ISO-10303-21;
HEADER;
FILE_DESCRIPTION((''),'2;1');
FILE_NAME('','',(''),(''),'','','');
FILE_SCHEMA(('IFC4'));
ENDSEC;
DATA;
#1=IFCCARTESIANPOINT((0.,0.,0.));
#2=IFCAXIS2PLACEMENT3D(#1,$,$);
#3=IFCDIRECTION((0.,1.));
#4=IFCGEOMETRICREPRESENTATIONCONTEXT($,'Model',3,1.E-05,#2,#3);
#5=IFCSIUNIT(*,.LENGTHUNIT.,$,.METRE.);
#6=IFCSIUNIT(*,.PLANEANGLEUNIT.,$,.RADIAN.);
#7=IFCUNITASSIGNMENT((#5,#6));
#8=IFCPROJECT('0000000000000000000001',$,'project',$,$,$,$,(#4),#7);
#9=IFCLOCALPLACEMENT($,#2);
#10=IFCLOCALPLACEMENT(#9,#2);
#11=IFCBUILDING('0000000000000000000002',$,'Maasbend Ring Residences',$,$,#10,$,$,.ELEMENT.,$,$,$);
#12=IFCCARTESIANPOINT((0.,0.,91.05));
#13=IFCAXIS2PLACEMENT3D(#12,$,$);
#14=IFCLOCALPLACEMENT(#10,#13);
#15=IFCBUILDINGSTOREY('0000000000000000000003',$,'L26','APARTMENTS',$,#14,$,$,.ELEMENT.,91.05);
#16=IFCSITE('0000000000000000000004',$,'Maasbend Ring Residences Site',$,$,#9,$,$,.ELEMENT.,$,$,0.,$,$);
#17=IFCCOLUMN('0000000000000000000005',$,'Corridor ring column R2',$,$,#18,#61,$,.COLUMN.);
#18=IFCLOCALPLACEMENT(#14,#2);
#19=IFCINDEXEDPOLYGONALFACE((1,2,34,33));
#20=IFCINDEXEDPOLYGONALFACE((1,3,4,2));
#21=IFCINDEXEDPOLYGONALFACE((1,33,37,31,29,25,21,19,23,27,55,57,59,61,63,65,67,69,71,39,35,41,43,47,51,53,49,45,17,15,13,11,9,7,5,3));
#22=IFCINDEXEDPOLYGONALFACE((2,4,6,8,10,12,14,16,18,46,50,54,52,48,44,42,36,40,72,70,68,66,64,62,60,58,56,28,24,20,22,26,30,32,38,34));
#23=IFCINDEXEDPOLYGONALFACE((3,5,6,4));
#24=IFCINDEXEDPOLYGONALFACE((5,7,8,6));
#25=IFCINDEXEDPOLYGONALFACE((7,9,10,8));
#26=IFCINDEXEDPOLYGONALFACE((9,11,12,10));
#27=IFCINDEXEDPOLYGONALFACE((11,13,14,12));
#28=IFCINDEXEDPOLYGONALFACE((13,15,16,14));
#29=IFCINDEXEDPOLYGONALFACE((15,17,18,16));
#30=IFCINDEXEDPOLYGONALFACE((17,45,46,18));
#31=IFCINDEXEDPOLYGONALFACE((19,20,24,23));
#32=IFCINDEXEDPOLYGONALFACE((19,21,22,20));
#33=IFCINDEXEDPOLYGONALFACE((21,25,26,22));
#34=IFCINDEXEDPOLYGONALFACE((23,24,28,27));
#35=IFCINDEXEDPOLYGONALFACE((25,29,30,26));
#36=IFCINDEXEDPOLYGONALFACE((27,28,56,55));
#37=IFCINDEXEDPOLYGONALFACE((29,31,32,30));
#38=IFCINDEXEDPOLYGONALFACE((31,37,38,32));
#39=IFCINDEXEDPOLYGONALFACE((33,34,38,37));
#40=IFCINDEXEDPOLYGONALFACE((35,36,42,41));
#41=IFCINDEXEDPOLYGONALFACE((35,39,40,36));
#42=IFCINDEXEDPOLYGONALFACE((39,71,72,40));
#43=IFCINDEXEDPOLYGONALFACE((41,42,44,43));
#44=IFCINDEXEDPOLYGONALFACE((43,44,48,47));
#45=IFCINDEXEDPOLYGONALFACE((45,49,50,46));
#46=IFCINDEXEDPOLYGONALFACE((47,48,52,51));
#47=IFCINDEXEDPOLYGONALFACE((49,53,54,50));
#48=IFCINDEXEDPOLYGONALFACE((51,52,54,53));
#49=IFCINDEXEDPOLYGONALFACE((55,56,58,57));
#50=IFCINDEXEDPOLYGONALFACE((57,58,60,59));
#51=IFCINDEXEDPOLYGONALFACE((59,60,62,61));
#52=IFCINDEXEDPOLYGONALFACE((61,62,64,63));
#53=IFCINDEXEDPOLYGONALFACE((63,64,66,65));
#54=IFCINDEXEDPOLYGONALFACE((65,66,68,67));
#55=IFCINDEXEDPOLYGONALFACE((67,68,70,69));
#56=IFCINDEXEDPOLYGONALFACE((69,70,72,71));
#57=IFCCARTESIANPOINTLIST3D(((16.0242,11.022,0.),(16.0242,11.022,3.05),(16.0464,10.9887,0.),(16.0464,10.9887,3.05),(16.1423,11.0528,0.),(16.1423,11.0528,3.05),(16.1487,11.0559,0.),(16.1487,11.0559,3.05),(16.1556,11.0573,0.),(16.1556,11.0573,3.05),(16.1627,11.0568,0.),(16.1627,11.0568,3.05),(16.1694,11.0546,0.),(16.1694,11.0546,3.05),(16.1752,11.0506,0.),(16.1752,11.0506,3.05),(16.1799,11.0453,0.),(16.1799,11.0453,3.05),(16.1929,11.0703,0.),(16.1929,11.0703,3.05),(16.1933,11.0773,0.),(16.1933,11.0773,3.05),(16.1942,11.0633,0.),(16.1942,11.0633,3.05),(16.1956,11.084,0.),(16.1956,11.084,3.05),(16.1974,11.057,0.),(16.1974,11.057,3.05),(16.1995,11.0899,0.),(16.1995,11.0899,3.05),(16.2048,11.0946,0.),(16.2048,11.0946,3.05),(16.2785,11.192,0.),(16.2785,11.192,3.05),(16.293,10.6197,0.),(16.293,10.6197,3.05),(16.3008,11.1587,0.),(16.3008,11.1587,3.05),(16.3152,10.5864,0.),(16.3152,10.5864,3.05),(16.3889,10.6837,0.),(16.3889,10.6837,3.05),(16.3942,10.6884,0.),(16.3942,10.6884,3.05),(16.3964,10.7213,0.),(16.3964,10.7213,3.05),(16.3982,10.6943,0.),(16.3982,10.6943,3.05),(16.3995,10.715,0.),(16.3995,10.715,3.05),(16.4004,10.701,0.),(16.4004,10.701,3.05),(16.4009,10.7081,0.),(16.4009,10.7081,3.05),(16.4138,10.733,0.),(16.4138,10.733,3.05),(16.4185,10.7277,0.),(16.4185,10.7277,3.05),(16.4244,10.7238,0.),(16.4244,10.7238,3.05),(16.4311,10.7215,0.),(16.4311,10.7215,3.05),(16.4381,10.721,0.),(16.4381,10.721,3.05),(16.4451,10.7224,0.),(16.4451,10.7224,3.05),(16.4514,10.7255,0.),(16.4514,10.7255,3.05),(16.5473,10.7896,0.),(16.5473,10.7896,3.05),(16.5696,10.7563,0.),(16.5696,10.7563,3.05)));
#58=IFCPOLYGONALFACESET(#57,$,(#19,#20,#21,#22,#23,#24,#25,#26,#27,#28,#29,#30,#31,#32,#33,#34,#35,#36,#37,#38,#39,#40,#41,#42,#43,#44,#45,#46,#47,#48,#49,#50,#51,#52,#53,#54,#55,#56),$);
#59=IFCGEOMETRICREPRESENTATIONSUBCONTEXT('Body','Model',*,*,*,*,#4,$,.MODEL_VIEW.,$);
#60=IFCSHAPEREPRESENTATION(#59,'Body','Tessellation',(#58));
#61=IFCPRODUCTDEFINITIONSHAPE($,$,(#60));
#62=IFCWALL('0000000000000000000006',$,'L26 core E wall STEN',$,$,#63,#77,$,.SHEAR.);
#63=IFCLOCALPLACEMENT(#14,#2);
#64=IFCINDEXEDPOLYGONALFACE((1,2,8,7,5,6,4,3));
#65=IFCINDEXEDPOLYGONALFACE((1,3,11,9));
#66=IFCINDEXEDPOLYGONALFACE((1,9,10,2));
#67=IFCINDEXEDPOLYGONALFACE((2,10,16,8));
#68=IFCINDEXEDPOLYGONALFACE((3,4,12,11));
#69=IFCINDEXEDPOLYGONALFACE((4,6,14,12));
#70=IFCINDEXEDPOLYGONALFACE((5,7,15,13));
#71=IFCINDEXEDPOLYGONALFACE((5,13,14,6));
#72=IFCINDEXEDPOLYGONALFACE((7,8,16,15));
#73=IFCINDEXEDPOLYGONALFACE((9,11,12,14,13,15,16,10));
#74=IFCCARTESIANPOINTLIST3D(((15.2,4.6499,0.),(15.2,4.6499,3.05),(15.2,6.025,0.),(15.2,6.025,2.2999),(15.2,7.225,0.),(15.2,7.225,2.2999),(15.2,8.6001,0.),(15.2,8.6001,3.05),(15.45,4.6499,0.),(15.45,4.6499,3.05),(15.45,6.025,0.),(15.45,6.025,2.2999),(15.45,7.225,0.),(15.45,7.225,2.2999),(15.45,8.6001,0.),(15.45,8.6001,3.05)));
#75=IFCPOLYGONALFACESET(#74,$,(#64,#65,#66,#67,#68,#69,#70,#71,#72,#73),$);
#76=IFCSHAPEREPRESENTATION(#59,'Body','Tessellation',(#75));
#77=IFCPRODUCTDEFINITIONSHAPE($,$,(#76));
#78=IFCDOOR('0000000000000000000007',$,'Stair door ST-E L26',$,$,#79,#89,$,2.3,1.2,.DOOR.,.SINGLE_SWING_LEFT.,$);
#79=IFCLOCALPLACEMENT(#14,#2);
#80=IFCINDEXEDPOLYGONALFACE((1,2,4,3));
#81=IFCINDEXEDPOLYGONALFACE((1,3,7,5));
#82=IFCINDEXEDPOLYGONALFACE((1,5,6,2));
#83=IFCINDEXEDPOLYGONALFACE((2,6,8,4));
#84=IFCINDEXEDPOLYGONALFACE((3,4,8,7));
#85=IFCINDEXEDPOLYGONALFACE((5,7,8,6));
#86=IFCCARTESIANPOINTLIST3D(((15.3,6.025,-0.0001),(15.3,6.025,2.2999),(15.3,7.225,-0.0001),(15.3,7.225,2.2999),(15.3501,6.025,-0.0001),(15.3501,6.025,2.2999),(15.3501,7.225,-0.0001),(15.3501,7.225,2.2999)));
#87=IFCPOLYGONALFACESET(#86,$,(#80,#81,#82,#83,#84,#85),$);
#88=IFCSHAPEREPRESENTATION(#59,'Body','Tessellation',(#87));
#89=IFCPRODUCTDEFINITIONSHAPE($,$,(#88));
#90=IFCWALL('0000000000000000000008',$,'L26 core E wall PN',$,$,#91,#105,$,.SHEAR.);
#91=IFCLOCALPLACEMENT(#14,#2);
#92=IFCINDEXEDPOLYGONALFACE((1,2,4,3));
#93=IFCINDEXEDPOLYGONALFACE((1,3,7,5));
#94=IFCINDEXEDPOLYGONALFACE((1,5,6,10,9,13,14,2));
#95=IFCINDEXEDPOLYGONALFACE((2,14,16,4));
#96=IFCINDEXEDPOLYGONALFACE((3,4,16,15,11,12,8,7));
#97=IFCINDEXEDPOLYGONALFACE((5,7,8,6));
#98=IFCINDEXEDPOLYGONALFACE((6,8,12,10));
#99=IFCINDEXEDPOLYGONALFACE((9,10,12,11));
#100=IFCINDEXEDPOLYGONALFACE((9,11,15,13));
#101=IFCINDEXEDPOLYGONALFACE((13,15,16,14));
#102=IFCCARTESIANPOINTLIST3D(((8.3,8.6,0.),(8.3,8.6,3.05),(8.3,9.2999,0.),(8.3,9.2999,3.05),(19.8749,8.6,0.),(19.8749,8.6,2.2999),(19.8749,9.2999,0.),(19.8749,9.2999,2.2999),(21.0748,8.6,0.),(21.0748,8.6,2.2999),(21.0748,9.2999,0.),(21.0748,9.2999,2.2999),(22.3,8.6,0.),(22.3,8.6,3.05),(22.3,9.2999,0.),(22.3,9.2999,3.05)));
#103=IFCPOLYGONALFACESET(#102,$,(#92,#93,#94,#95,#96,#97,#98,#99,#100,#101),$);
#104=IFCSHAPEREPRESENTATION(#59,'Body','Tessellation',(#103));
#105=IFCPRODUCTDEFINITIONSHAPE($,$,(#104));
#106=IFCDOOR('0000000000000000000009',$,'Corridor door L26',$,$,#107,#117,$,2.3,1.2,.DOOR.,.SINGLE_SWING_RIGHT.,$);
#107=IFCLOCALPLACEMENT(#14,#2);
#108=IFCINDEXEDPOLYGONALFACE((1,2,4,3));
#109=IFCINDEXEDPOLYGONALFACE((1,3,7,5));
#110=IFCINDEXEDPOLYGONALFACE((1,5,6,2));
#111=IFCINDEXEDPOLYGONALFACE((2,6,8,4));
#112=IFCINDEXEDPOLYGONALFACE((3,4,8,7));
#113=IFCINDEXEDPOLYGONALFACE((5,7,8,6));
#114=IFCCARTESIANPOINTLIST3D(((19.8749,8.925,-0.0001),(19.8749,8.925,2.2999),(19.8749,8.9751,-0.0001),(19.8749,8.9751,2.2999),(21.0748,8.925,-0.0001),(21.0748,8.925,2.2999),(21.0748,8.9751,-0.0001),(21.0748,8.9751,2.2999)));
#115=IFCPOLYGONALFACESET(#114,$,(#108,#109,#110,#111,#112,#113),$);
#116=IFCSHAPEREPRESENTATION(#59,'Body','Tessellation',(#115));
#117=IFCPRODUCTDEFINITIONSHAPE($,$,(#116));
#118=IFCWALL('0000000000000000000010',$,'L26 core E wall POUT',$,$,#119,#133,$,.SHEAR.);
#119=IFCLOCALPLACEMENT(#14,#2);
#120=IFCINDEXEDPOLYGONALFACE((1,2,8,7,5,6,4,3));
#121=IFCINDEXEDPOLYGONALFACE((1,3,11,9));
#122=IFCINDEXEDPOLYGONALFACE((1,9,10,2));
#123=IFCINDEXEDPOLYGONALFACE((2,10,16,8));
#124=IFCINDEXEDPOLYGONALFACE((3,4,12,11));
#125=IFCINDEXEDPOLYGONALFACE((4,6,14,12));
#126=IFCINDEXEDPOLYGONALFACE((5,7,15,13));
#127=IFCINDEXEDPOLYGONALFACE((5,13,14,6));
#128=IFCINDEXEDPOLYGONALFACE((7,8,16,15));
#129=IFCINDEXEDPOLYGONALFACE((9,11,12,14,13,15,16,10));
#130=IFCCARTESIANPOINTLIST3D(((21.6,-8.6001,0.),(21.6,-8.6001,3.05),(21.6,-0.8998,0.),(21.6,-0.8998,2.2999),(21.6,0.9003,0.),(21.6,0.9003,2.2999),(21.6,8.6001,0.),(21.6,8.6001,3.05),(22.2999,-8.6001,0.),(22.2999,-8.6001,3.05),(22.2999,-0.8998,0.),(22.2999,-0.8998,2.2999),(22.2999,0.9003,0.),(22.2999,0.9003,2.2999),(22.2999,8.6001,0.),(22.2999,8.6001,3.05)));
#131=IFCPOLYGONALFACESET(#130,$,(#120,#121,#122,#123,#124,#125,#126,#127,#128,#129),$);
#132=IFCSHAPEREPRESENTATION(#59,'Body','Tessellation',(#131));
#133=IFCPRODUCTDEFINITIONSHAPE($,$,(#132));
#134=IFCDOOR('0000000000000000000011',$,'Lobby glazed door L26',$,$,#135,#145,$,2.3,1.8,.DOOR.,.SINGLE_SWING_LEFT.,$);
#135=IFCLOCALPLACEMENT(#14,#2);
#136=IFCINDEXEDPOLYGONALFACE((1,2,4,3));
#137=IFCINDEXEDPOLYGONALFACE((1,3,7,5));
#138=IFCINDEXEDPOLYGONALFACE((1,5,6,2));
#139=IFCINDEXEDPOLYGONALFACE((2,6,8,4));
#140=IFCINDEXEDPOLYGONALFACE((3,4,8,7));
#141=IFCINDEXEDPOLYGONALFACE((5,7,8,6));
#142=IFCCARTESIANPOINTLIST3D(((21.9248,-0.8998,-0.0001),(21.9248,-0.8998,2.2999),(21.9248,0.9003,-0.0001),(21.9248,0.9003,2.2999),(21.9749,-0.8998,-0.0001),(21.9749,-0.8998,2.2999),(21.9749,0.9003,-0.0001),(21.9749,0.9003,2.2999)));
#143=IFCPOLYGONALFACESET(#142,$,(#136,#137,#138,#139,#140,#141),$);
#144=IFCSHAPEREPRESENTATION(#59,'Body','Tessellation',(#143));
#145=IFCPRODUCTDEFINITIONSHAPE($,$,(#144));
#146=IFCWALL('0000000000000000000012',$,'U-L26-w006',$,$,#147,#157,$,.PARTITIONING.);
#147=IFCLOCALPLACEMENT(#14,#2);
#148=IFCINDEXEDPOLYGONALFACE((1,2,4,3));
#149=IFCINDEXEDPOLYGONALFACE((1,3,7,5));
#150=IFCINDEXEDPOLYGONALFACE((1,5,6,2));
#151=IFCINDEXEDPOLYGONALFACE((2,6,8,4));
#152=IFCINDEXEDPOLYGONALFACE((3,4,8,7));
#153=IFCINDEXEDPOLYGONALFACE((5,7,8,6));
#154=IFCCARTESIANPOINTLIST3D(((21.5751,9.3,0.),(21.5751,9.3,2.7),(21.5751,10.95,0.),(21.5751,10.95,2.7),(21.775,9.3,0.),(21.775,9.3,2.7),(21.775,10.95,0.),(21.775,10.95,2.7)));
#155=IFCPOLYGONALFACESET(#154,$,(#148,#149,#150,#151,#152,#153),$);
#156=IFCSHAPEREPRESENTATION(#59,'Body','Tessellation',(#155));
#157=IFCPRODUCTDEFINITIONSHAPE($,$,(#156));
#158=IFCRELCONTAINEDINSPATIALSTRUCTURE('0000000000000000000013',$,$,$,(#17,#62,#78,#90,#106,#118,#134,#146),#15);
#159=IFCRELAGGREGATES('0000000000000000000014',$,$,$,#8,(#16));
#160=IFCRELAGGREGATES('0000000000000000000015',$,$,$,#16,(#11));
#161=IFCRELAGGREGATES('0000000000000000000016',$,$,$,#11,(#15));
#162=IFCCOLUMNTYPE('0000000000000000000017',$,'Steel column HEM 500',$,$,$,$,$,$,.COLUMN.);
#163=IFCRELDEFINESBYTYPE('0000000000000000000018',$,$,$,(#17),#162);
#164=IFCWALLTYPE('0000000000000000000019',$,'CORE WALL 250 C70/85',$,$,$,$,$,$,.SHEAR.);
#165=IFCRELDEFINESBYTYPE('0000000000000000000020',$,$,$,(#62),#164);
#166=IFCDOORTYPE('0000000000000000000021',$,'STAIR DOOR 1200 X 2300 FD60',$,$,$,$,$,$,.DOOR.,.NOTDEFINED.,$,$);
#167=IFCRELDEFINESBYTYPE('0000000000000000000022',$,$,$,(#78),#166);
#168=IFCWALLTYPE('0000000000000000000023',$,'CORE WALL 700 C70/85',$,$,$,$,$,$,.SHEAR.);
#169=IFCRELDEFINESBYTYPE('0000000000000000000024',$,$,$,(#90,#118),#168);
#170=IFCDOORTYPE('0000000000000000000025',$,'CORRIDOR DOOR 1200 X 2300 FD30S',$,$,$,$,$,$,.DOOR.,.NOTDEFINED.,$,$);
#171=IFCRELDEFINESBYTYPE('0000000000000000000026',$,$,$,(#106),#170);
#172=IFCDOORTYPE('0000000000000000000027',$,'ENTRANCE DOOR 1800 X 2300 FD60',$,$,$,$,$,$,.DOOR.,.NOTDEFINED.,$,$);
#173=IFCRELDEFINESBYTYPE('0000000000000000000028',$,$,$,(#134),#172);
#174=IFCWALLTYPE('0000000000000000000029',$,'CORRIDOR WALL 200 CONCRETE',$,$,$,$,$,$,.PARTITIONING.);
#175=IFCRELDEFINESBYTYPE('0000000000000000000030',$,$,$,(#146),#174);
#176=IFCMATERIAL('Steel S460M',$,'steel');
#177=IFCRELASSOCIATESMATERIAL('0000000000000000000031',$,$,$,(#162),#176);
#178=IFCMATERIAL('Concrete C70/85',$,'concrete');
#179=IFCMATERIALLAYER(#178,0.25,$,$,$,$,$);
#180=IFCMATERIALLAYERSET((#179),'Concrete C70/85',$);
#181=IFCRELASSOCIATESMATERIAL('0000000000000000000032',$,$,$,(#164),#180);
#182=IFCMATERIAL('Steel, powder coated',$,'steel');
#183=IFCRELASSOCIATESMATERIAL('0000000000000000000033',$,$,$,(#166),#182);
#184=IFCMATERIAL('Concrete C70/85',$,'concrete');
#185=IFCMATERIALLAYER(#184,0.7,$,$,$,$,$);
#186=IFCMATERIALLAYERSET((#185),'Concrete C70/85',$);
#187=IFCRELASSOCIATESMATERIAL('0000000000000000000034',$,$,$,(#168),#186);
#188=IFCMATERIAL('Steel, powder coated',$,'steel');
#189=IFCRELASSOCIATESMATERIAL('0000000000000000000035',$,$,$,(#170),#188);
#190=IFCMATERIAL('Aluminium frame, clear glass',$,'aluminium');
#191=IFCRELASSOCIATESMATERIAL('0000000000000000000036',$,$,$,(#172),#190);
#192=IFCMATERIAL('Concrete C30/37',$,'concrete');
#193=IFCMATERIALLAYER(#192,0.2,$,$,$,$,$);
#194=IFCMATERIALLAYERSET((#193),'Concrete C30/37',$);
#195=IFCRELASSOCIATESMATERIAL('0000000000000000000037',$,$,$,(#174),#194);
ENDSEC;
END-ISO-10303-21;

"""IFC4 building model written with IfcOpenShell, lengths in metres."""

from ifc_helpers import new_model, si_unit, direction, frame, frame_2d, origin, origin_2d, place, context, subcontext, project, spatial, rectangle, i_section, extrude, material, layer, layer_set, material_profile, profile_set, type_object, element, fill, save


model = new_model("IFC4")

# Units and contexts
model_context = context("Model", 3, precision=1e-05, world=origin(), true_north=direction((0.0, 1.0)))
body_context = subcontext(model_context, "Body", "Model", "MODEL_VIEW")
ifc_project = project(units=[si_unit("LENGTHUNIT", "METRE"), si_unit("PLANEANGLEUNIT", "RADIAN")], contexts=[model_context])

# Site, building, storey
site_placement = place(None, origin())
site = spatial("IfcSite", under=ifc_project, at=site_placement, Name="Maasbend Ring Residences Site", CompositionType="ELEMENT", RefElevation=0.0)
building_placement = place(site_placement, origin())
building = spatial("IfcBuilding", under=site, at=building_placement, Name="Maasbend Ring Residences", CompositionType="ELEMENT")
storey_placement = place(building_placement, frame((0.0, 0.0, 91.05)))
storey = spatial("IfcBuildingStorey", under=building, at=storey_placement, Name="L26", Description="APARTMENTS", CompositionType="ELEMENT", Elevation=91.05)

# Column
ifc_material_1 = material(Name="Steel S460M", Category="steel")
ifc_material_profile = material_profile(ifc_material_1, i_section(OverallWidth=0.3059, OverallDepth=0.5239, WebThickness=0.021, FlangeThickness=0.04, FilletRadius=0.0271, at=origin_2d()), Name="HEM 500")
ifc_profile_set = profile_set([ifc_material_profile], Name="Steel S460M")
column_type = type_object("IfcColumnType", Name="Steel column HEM 500", PredefinedType="COLUMN", material=ifc_profile_set)
column_placement = place(storey_placement, frame((16.2969, 10.8892, 0.0), z_axis=(0.0, 0.0, 1.0), x_axis=(0.83147, 0.55557, 0.0)))
element("IfcColumn", 1, at=column_placement, inside=storey, type_object=column_type, Name="Corridor ring column R2", PredefinedType="COLUMN", context=body_context, shape_type="SweptSolid", body=[
    extrude(i_section(OverallWidth=0.3059, OverallDepth=0.5239, WebThickness=0.021, FlangeThickness=0.04, FilletRadius=0.0271, at=origin_2d()), origin(), (0.0, 0.0, 1.0), 3.05),
])

# Walls, openings, doors
ifc_material_2 = material(Name="Concrete C70/85", Category="concrete")
ifc_layer_1 = layer(ifc_material_2, 0.25)
ifc_layer_set_1 = layer_set([ifc_layer_1], Name="Concrete C70/85")
wall_type_1 = type_object("IfcWallType", Name="CORE WALL 250 C70/85", PredefinedType="SHEAR", material=ifc_layer_set_1)
wall_1_placement = place(storey_placement, frame((15.325, 4.6499, 0.0), z_axis=(0.0, 0.0, 1.0), x_axis=(0.0, 1.0, 0.0)))
wall_1 = element("IfcWall", 2, at=wall_1_placement, inside=storey, type_object=wall_type_1, Name="L26 core E wall STEN", PredefinedType="SHEAR", context=body_context, shape_type="SweptSolid", body=[
    extrude(rectangle(XDim=3.9502, YDim=0.25, at=frame_2d((1.9751, 0.0))), origin(), (0.0, 0.0, 1.0), 3.05),
])
opening_1_placement = place(wall_1_placement, frame((1.375, 0.0, 0.0)))
opening_1 = element("IfcOpeningElement", 3, at=opening_1_placement, cuts=wall_1, PredefinedType="OPENING", context=body_context, shape_type="SweptSolid", body=[
    extrude(rectangle(XDim=1.2, YDim=2.3, at=frame_2d((0.6001, 1.1499))), frame((0.0, 0.135, 0.0), z_axis=(0.0, -1.0, 0.0), x_axis=(1.0, 0.0, 0.0)), (0.0, 0.0, 1.0), 0.27),
])
ifc_material_3 = material(Name="Steel, powder coated", Category="steel")
door_type_1 = type_object("IfcDoorType", Name="STAIR DOOR 1200 X 2300 FD60", OperationType="NOTDEFINED", PredefinedType="DOOR", material=ifc_material_3)
door_1_placement = place(opening_1_placement, origin())
door_1 = element("IfcDoor", 4, at=door_1_placement, inside=storey, type_object=door_type_1, Name="Stair door ST-E L26", OperationType="SINGLE_SWING_LEFT", OverallHeight=2.3, OverallWidth=1.2, PredefinedType="DOOR", context=body_context, shape_type="SweptSolid", body=[
    extrude(rectangle(XDim=1.2, YDim=2.3, at=frame_2d((0.6001, 1.1499))), frame((0.0, 0.0249, 0.0), z_axis=(0.0, -1.0, 0.0), x_axis=(1.0, 0.0, 0.0)), (0.0, 0.0, 1.0), 0.05),
])
fill(opening_1, door_1)
ifc_material_4 = material(Name="Concrete C70/85", Category="concrete")
ifc_layer_2 = layer(ifc_material_4, 0.7)
ifc_layer_set_2 = layer_set([ifc_layer_2], Name="Concrete C70/85")
wall_type_2 = type_object("IfcWallType", Name="CORE WALL 700 C70/85", PredefinedType="SHEAR", material=ifc_layer_set_2)
wall_2_placement = place(storey_placement, frame((22.3, 8.95, 0.0), z_axis=(0.0, 0.0, 1.0), x_axis=(-1.0, 0.0, 0.0)))
wall_2 = element("IfcWall", 5, at=wall_2_placement, inside=storey, type_object=wall_type_2, Name="L26 core E wall PN", PredefinedType="SHEAR", context=body_context, shape_type="SweptSolid", body=[
    extrude(rectangle(XDim=14.0, YDim=0.7, at=frame_2d((7.0, 0.0))), origin(), (0.0, 0.0, 1.0), 3.05),
])
opening_2_placement = place(wall_2_placement, frame((1.2251, 0.0, 0.0)))
opening_2 = element("IfcOpeningElement", 6, at=opening_2_placement, cuts=wall_2, PredefinedType="OPENING", context=body_context, shape_type="SweptSolid", body=[
    extrude(rectangle(XDim=1.2, YDim=2.3, at=frame_2d((0.6001, 1.1499))), frame((0.0, 0.3599, 0.0), z_axis=(0.0, -1.0, 0.0), x_axis=(1.0, 0.0, 0.0)), (0.0, 0.0, 1.0), 0.72),
])
ifc_material_5 = material(Name="Steel, powder coated", Category="steel")
door_type_2 = type_object("IfcDoorType", Name="CORRIDOR DOOR 1200 X 2300 FD30S", OperationType="NOTDEFINED", PredefinedType="DOOR", material=ifc_material_5)
door_2_placement = place(opening_2_placement, origin())
door_2 = element("IfcDoor", 7, at=door_2_placement, inside=storey, type_object=door_type_2, Name="Corridor door L26", OperationType="SINGLE_SWING_RIGHT", OverallHeight=2.3, OverallWidth=1.2, PredefinedType="DOOR", context=body_context, shape_type="SweptSolid", body=[
    extrude(rectangle(XDim=1.2, YDim=2.3, at=frame_2d((0.6001, 1.1499))), frame((0.0, 0.0249, 0.0), z_axis=(0.0, -1.0, 0.0), x_axis=(1.0, 0.0, 0.0)), (0.0, 0.0, 1.0), 0.05),
])
fill(opening_2, door_2)
wall_3_placement = place(storey_placement, frame((21.95, 8.6001, 0.0), z_axis=(0.0, 0.0, 1.0), x_axis=(0.0, -1.0, 0.0)))
wall_3 = element("IfcWall", 8, at=wall_3_placement, inside=storey, type_object=wall_type_2, Name="L26 core E wall POUT", PredefinedType="SHEAR", context=body_context, shape_type="SweptSolid", body=[
    extrude(rectangle(XDim=17.2002, YDim=0.7, at=frame_2d((8.6001, 0.0))), origin(), (0.0, 0.0, 1.0), 3.05),
])
opening_3_placement = place(wall_3_placement, frame((7.7, 0.0, 0.0)))
opening_3 = element("IfcOpeningElement", 9, at=opening_3_placement, cuts=wall_3, PredefinedType="OPENING", context=body_context, shape_type="SweptSolid", body=[
    extrude(rectangle(XDim=1.8, YDim=2.3, at=frame_2d((0.8999, 1.1499))), frame((0.0, 0.3599, 0.0), z_axis=(0.0, -1.0, 0.0), x_axis=(1.0, 0.0, 0.0)), (0.0, 0.0, 1.0), 0.72),
])
ifc_material_6 = material(Name="Aluminium frame, clear glass", Category="aluminium")
door_type_3 = type_object("IfcDoorType", Name="ENTRANCE DOOR 1800 X 2300 FD60", OperationType="NOTDEFINED", PredefinedType="DOOR", material=ifc_material_6)
door_3_placement = place(opening_3_placement, origin())
door_3 = element("IfcDoor", 10, at=door_3_placement, inside=storey, type_object=door_type_3, Name="Lobby glazed door L26", OperationType="SINGLE_SWING_LEFT", OverallHeight=2.3, OverallWidth=1.8, PredefinedType="DOOR", context=body_context, shape_type="SweptSolid", body=[
    extrude(rectangle(XDim=1.8, YDim=2.3, at=frame_2d((0.8999, 1.1499))), frame((0.0, 0.0249, 0.0), z_axis=(0.0, -1.0, 0.0), x_axis=(1.0, 0.0, 0.0)), (0.0, 0.0, 1.0), 0.05),
])
fill(opening_3, door_3)

# Wall
ifc_material_7 = material(Name="Concrete C30/37", Category="concrete")
ifc_layer_3 = layer(ifc_material_7, 0.2)
ifc_layer_set_3 = layer_set([ifc_layer_3], Name="Concrete C30/37")
wall_type_3 = type_object("IfcWallType", Name="CORRIDOR WALL 200 CONCRETE", PredefinedType="PARTITIONING", material=ifc_layer_set_3)
wall_4_placement = place(storey_placement, frame((21.675, 9.3, 0.0), z_axis=(0.0, 0.0, 1.0), x_axis=(0.0, 1.0, 0.0)))
element("IfcWall", 11, at=wall_4_placement, inside=storey, type_object=wall_type_3, Name="U-L26-w006", PredefinedType="PARTITIONING", context=body_context, shape_type="SweptSolid", body=[
    extrude(rectangle(XDim=1.6499, YDim=0.2, at=frame_2d((0.825, 0.0))), origin(), (0.0, 0.0, 1.0), 2.7),
])

save(model, "model.ifc")
